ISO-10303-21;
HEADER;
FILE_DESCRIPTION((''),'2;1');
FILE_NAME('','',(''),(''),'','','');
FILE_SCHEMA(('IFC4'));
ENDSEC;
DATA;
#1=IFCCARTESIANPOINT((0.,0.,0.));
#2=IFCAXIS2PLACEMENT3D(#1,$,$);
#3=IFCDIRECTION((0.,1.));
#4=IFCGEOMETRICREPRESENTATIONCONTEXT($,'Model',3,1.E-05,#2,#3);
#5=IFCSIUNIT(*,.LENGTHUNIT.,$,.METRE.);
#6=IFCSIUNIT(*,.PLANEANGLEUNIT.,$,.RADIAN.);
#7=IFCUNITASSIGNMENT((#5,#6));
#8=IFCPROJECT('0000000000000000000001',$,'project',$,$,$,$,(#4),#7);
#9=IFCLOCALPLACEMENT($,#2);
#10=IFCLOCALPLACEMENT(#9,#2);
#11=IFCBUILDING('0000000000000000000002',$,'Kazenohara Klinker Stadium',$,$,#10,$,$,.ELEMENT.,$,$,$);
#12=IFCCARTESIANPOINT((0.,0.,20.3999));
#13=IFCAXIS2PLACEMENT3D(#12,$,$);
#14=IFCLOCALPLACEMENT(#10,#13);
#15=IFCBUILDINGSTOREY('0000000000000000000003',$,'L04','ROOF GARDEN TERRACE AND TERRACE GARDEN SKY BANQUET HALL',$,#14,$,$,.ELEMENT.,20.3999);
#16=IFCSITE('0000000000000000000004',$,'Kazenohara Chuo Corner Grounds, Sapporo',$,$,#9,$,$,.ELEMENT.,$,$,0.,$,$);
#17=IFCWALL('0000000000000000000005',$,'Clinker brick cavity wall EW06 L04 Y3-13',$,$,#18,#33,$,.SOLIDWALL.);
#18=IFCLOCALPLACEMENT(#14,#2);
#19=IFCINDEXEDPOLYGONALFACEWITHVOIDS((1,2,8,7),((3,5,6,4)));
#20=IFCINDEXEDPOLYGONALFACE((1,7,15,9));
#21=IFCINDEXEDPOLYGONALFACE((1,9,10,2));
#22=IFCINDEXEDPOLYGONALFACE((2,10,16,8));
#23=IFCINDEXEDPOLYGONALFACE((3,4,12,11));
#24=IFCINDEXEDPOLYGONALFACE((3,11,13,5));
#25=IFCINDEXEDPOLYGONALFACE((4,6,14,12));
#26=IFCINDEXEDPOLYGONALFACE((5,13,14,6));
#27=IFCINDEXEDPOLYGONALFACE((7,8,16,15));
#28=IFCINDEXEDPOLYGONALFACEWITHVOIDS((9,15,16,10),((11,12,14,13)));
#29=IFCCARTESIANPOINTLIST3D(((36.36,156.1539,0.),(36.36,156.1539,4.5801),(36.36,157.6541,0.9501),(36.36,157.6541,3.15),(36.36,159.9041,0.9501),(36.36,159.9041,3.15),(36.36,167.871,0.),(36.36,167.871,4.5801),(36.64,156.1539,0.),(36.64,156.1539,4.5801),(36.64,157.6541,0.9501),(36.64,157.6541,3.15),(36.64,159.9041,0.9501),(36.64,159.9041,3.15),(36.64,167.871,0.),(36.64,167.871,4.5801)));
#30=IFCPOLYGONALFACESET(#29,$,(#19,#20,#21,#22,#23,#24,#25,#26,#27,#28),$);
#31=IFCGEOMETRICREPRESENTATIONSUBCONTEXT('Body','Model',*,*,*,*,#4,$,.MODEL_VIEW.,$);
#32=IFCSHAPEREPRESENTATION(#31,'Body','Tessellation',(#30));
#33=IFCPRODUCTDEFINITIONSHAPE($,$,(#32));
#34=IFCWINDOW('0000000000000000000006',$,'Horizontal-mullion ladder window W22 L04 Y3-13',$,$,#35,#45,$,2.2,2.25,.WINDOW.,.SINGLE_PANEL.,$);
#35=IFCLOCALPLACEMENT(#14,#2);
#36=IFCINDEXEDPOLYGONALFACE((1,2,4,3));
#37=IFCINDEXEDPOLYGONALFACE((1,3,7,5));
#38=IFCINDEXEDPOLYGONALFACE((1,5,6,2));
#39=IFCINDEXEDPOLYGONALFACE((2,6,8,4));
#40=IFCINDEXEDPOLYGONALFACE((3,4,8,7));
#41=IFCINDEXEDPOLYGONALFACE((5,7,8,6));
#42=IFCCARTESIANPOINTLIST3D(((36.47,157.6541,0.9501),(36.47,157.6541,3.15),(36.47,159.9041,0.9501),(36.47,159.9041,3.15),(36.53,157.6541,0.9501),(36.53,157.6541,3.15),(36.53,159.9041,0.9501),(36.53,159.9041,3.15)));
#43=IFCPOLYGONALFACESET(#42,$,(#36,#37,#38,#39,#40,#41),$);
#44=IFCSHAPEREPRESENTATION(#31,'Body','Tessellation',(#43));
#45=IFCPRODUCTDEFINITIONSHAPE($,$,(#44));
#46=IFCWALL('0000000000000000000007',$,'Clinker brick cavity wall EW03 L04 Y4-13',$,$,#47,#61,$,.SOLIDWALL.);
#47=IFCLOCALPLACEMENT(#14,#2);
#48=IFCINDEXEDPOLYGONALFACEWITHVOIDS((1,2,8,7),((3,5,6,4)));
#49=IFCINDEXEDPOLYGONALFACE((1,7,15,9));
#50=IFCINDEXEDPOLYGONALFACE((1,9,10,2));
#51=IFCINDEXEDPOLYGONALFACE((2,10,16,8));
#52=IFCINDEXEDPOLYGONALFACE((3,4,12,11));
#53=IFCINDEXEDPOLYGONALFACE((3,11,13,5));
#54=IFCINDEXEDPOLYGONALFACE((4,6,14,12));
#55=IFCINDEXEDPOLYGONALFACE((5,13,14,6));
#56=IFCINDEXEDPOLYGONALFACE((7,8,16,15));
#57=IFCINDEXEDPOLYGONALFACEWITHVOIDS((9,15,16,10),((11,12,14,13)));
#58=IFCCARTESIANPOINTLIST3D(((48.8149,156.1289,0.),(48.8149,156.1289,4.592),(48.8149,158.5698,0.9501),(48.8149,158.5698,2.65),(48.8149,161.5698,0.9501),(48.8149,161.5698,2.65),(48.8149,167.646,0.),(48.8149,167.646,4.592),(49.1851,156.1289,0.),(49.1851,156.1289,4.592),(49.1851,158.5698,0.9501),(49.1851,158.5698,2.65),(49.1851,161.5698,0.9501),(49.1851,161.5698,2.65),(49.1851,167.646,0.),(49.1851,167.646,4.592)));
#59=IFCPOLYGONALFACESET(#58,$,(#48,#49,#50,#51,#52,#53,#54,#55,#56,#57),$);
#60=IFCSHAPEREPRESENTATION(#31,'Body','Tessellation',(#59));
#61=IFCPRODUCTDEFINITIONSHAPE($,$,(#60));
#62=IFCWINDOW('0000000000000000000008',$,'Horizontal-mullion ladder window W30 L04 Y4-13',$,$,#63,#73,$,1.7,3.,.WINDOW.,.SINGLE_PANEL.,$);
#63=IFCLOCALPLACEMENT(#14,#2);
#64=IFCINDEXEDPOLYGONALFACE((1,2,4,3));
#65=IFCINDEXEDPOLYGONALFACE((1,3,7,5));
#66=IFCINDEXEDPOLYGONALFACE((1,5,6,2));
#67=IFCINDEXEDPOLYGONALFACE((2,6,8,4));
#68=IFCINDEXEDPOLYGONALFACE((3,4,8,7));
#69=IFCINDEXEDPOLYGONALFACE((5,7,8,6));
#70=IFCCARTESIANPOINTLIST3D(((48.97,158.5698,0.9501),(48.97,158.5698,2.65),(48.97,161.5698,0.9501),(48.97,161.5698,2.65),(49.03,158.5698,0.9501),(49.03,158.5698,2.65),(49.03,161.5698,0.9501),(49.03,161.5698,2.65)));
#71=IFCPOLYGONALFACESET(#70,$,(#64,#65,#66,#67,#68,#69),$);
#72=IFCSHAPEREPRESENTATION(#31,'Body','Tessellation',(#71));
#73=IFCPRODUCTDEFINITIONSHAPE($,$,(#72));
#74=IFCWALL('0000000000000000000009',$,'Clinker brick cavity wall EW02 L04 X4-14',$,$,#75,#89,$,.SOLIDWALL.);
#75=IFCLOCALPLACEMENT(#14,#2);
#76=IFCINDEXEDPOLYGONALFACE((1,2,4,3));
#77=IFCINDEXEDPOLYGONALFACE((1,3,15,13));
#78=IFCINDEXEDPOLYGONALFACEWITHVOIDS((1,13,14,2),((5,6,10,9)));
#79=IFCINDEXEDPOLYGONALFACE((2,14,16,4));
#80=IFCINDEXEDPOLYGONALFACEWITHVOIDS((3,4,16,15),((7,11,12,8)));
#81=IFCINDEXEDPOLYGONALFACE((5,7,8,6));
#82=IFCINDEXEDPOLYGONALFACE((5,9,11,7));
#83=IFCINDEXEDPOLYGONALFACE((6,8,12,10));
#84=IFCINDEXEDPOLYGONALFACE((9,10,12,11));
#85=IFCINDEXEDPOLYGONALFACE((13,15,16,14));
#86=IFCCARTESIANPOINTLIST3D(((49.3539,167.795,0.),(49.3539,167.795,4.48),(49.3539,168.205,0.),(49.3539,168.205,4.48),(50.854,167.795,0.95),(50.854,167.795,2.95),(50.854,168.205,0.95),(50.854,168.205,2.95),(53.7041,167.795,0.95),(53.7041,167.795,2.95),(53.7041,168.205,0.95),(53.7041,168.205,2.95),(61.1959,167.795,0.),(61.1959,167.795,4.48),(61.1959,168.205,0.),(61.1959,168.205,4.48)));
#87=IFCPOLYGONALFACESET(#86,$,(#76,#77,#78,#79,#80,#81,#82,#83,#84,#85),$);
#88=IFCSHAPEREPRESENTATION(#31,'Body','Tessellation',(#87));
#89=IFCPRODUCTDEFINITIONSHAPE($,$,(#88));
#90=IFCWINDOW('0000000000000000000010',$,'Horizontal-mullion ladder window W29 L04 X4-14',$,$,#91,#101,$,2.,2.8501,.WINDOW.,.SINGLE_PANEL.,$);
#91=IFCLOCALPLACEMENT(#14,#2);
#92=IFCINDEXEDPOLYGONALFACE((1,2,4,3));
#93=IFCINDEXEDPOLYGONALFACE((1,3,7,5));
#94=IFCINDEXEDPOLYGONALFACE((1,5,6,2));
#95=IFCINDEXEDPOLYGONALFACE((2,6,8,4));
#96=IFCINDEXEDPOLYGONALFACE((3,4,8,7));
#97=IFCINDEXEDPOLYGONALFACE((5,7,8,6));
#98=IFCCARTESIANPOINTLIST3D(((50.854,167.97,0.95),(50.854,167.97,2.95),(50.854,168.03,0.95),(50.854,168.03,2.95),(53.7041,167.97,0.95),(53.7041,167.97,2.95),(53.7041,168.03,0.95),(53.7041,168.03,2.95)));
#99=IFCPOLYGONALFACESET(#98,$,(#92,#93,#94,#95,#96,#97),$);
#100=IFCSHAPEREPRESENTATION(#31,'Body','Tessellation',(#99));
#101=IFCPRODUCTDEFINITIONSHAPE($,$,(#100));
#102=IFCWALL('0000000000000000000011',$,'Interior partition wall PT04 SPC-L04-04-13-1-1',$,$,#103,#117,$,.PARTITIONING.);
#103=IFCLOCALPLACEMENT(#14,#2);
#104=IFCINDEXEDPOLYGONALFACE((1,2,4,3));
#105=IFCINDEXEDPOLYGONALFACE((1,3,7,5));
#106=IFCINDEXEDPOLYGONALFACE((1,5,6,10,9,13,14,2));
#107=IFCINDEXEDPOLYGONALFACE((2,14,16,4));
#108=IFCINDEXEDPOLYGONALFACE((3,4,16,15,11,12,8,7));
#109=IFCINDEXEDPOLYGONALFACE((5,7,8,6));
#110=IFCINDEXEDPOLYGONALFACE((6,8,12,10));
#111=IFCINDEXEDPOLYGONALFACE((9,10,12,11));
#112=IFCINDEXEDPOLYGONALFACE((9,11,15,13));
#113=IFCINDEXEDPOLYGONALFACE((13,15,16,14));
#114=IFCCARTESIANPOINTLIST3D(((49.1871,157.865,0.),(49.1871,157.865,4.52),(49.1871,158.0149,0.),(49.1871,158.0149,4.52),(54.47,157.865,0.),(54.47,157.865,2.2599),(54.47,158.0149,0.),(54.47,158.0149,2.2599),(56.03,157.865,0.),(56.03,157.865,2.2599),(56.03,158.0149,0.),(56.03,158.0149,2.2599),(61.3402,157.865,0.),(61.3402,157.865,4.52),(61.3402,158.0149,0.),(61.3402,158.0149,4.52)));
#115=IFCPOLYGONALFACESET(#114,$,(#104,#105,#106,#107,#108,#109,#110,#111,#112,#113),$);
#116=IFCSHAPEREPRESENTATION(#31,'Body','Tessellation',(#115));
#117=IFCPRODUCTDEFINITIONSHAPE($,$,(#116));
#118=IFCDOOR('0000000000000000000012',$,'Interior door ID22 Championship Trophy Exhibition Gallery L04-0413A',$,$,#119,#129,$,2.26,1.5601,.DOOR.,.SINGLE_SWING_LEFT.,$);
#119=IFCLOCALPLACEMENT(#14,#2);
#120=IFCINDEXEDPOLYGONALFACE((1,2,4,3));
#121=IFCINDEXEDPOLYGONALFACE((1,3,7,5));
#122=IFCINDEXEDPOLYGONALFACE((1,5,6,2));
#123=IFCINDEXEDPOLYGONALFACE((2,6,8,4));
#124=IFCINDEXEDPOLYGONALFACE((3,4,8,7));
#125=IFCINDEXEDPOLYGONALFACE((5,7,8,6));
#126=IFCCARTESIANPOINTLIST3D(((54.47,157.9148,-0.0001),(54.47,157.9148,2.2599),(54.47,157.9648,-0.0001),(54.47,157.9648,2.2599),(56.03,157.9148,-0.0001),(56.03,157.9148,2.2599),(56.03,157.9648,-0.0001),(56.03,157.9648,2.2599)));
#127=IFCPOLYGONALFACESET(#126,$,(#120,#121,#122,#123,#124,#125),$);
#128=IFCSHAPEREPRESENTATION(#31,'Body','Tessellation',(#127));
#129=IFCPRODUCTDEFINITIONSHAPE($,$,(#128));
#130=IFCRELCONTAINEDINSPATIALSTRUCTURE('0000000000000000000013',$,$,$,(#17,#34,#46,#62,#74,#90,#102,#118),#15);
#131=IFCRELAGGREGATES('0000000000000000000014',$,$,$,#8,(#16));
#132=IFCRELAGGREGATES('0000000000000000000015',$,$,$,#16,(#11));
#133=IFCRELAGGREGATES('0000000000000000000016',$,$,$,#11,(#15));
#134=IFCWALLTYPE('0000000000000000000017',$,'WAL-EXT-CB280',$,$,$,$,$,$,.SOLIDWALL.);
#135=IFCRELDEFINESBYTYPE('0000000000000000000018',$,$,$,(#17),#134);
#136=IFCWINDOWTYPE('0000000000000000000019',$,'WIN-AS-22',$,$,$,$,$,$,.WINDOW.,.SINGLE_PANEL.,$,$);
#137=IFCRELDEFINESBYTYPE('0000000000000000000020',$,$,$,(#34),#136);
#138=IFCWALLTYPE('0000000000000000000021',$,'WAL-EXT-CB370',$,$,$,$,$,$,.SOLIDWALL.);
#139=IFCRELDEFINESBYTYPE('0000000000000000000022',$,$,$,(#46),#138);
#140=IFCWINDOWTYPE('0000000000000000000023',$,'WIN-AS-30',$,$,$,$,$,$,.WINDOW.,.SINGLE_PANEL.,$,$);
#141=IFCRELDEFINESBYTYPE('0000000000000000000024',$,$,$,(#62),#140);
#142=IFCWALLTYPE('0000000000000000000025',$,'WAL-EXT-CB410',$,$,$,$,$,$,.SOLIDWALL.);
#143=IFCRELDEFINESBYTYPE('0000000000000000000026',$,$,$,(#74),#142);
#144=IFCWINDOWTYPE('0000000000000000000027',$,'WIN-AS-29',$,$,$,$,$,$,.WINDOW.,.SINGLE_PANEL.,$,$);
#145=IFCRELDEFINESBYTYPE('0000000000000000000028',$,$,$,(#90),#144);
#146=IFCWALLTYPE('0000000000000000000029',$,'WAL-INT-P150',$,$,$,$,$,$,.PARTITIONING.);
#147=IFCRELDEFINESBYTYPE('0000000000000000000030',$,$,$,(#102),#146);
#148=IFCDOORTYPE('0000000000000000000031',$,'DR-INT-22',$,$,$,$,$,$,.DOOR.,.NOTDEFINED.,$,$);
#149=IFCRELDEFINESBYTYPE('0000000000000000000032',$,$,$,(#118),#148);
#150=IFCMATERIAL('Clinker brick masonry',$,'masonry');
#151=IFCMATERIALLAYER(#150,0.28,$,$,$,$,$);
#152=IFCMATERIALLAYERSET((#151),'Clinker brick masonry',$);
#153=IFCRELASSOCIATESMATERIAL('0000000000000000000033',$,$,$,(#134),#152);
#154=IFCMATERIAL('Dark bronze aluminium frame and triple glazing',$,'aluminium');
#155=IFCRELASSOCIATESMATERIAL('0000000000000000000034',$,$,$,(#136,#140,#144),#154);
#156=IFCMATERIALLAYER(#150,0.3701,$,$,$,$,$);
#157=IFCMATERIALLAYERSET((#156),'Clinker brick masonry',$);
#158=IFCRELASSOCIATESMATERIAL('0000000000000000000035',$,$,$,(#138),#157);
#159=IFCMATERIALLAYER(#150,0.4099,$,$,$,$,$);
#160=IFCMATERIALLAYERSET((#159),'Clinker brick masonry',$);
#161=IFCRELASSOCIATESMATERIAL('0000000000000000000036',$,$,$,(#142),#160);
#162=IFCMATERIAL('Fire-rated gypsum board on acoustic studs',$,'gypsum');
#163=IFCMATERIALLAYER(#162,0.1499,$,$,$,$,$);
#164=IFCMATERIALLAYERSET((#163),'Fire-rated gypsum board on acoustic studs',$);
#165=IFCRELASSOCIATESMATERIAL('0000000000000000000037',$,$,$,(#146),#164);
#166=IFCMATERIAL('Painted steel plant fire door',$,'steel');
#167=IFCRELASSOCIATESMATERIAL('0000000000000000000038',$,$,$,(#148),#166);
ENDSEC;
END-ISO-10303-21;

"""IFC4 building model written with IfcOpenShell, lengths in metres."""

from ifc_helpers import new_model, si_unit, direction, frame, frame_2d, origin, place, context, subcontext, project, spatial, rectangle, extrude, material, layer, layer_set, type_object, element, fill, save


model = new_model("IFC4")

# Units and contexts
model_context = context("Model", 3, precision=1e-05, world=origin(), true_north=direction((0.0, 1.0)))
body_context = subcontext(model_context, "Body", "Model", "MODEL_VIEW")
ifc_project = project(units=[si_unit("LENGTHUNIT", "METRE"), si_unit("PLANEANGLEUNIT", "RADIAN")], contexts=[model_context])

# Site, building, storey
site_placement = place(None, origin())
site = spatial("IfcSite", under=ifc_project, at=site_placement, Name="Kazenohara Chuo Corner Grounds, Sapporo", CompositionType="ELEMENT", RefElevation=0.0)
building_placement = place(site_placement, origin())
building = spatial("IfcBuilding", under=site, at=building_placement, Name="Kazenohara Klinker Stadium", CompositionType="ELEMENT")
storey_placement = place(building_placement, frame((0.0, 0.0, 20.3999)))
storey = spatial("IfcBuildingStorey", under=building, at=storey_placement, Name="L04", Description="ROOF GARDEN TERRACE AND TERRACE GARDEN SKY BANQUET HALL", CompositionType="ELEMENT", Elevation=20.3999)

# Walls, openings, windows
ifc_material_1 = material(Name="Clinker brick masonry", Category="masonry")
ifc_layer_1 = layer(ifc_material_1, 0.28)
ifc_layer_set_1 = layer_set([ifc_layer_1], Name="Clinker brick masonry")
wall_type_1 = type_object("IfcWallType", Name="WAL-EXT-CB280", PredefinedType="SOLIDWALL", material=ifc_layer_set_1)
wall_1_placement = place(storey_placement, frame((36.5, 156.1541, 0.0), z_axis=(0.0, 0.0, 1.0), x_axis=(0.0, 1.0, 0.0)))
wall_1 = element("IfcWall", 1, at=wall_1_placement, inside=storey, type_object=wall_type_1, Name="Clinker brick cavity wall EW06 L04 Y3-13", PredefinedType="SOLIDWALL", context=body_context, shape_type="SweptSolid", body=[
    extrude(rectangle(XDim=11.717, YDim=0.28, at=frame_2d((5.8584, 0.0))), origin(), (0.0, 0.0, 1.0), 4.5801),
])
opening_1_placement = place(wall_1_placement, frame((1.5, 0.0, 0.95)))
opening_1 = element("IfcOpeningElement", 2, at=opening_1_placement, cuts=wall_1, PredefinedType="OPENING", context=body_context, shape_type="SweptSolid", body=[
    extrude(rectangle(XDim=2.25, YDim=2.2, at=frame_2d((1.125, 1.1001))), frame((0.0, 0.1499, 0.0), z_axis=(0.0, -1.0, 0.0), x_axis=(1.0, 0.0, 0.0)), (0.0, 0.0, 1.0), 0.3),
])
ifc_material_2 = material(Name="Dark bronze aluminium frame and triple glazing", Category="aluminium")
window_type_1 = type_object("IfcWindowType", Name="WIN-AS-22", PartitioningType="SINGLE_PANEL", PredefinedType="WINDOW", material=ifc_material_2)
window_1_placement = place(opening_1_placement, origin())
window_1 = element("IfcWindow", 3, at=window_1_placement, inside=storey, type_object=window_type_1, Name="Horizontal-mullion ladder window W22 L04 Y3-13", OverallHeight=2.2, OverallWidth=2.25, PartitioningType="SINGLE_PANEL", PredefinedType="WINDOW", context=body_context, shape_type="SweptSolid", body=[
    extrude(rectangle(XDim=2.25, YDim=2.2, at=frame_2d((1.125, 1.1001))), frame((0.0, 0.03, 0.0), z_axis=(0.0, -1.0, 0.0), x_axis=(1.0, 0.0, 0.0)), (0.0, 0.0, 1.0), 0.0601),
])
fill(opening_1, window_1)
ifc_layer_2 = layer(ifc_material_1, 0.3701)
ifc_layer_set_2 = layer_set([ifc_layer_2], Name="Clinker brick masonry")
wall_type_2 = type_object("IfcWallType", Name="WAL-EXT-CB370", PredefinedType="SOLIDWALL", material=ifc_layer_set_2)
wall_2_placement = place(storey_placement, frame((49.0, 156.1289, 0.0), z_axis=(0.0, 0.0, 1.0), x_axis=(0.0, 1.0, 0.0)))
wall_2 = element("IfcWall", 4, at=wall_2_placement, inside=storey, type_object=wall_type_2, Name="Clinker brick cavity wall EW03 L04 Y4-13", PredefinedType="SOLIDWALL", context=body_context, shape_type="SweptSolid", body=[
    extrude(rectangle(XDim=11.5171, YDim=0.3701, at=frame_2d((5.7585, 0.0))), origin(), (0.0, 0.0, 1.0), 4.592),
])
opening_2_placement = place(wall_2_placement, frame((2.4409, 0.0, 0.95)))
opening_2 = element("IfcOpeningElement", 5, at=opening_2_placement, cuts=wall_2, PredefinedType="OPENING", context=body_context, shape_type="SweptSolid", body=[
    extrude(rectangle(XDim=3.0, YDim=1.7, at=frame_2d((1.5, 0.8501))), frame((0.0, 0.1951, 0.0), z_axis=(0.0, -1.0, 0.0), x_axis=(1.0, 0.0, 0.0)), (0.0, 0.0, 1.0), 0.3901),
])
window_type_2 = type_object("IfcWindowType", Name="WIN-AS-30", PartitioningType="SINGLE_PANEL", PredefinedType="WINDOW", material=ifc_material_2)
window_2_placement = place(opening_2_placement, origin())
window_2 = element("IfcWindow", 6, at=window_2_placement, inside=storey, type_object=window_type_2, Name="Horizontal-mullion ladder window W30 L04 Y4-13", OverallHeight=1.7, OverallWidth=3.0, PartitioningType="SINGLE_PANEL", PredefinedType="WINDOW", context=body_context, shape_type="SweptSolid", body=[
    extrude(rectangle(XDim=3.0, YDim=1.7, at=frame_2d((1.5, 0.8501))), frame((0.0, 0.03, 0.0), z_axis=(0.0, -1.0, 0.0), x_axis=(1.0, 0.0, 0.0)), (0.0, 0.0, 1.0), 0.0601),
])
fill(opening_2, window_2)
ifc_layer_3 = layer(ifc_material_1, 0.4099)
ifc_layer_set_3 = layer_set([ifc_layer_3], Name="Clinker brick masonry")
wall_type_3 = type_object("IfcWallType", Name="WAL-EXT-CB410", PredefinedType="SOLIDWALL", material=ifc_layer_set_3)
wall_3_placement = place(storey_placement, frame((49.354, 168.0, 0.0), z_axis=(0.0, 0.0, 1.0), x_axis=(1.0, 0.0, 0.0)))
wall_3 = element("IfcWall", 7, at=wall_3_placement, inside=storey, type_object=wall_type_3, Name="Clinker brick cavity wall EW02 L04 X4-14", PredefinedType="SOLIDWALL", context=body_context, shape_type="SweptSolid", body=[
    extrude(rectangle(XDim=11.842, YDim=0.4099, at=frame_2d((5.9209, 0.0))), origin(), (0.0, 0.0, 1.0), 4.48),
])
opening_3_placement = place(wall_3_placement, frame((1.5, 0.0, 0.95)))
opening_3 = element("IfcOpeningElement", 8, at=opening_3_placement, cuts=wall_3, PredefinedType="OPENING", context=body_context, shape_type="SweptSolid", body=[
    extrude(rectangle(XDim=2.8501, YDim=2.0, at=frame_2d((1.425, 1.0))), frame((0.0, 0.2148, 0.0), z_axis=(0.0, -1.0, 0.0), x_axis=(1.0, 0.0, 0.0)), (0.0, 0.0, 1.0), 0.4299),
])
window_type_3 = type_object("IfcWindowType", Name="WIN-AS-29", PartitioningType="SINGLE_PANEL", PredefinedType="WINDOW", material=ifc_material_2)
window_3_placement = place(opening_3_placement, origin())
window_3 = element("IfcWindow", 9, at=window_3_placement, inside=storey, type_object=window_type_3, Name="Horizontal-mullion ladder window W29 L04 X4-14", OverallHeight=2.0, OverallWidth=2.8501, PartitioningType="SINGLE_PANEL", PredefinedType="WINDOW", context=body_context, shape_type="SweptSolid", body=[
    extrude(rectangle(XDim=2.8501, YDim=2.0, at=frame_2d((1.425, 1.0))), frame((0.0, 0.03, 0.0), z_axis=(0.0, -1.0, 0.0), x_axis=(1.0, 0.0, 0.0)), (0.0, 0.0, 1.0), 0.0601),
])
fill(opening_3, window_3)

# Wall, opening, door
ifc_material_3 = material(Name="Fire-rated gypsum board on acoustic studs", Category="gypsum")
ifc_layer_4 = layer(ifc_material_3, 0.1499)
ifc_layer_set_4 = layer_set([ifc_layer_4], Name="Fire-rated gypsum board on acoustic studs")
wall_type_4 = type_object("IfcWallType", Name="WAL-INT-P150", PredefinedType="PARTITIONING", material=ifc_layer_set_4)
wall_4_placement = place(storey_placement, frame((49.187, 157.9399, 0.0), z_axis=(0.0, 0.0, 1.0), x_axis=(1.0, 0.0, 0.0)))
wall_4 = element("IfcWall", 10, at=wall_4_placement, inside=storey, type_object=wall_type_4, Name="Interior partition wall PT04 SPC-L04-04-13-1-1", PredefinedType="PARTITIONING", context=body_context, shape_type="SweptSolid", body=[
    extrude(rectangle(XDim=12.1531, YDim=0.1499, at=frame_2d((6.0767, 0.0))), origin(), (0.0, 0.0, 1.0), 4.52),
])
opening_4_placement = place(wall_4_placement, frame((5.283, 0.0, 0.0)))
opening_4 = element("IfcOpeningElement", 11, at=opening_4_placement, cuts=wall_4, PredefinedType="OPENING", context=body_context, shape_type="SweptSolid", body=[
    extrude(rectangle(XDim=1.5601, YDim=2.26, at=frame_2d((0.78, 1.1299))), frame((0.0, 0.085, 0.0), z_axis=(0.0, -1.0, 0.0), x_axis=(1.0, 0.0, 0.0)), (0.0, 0.0, 1.0), 0.1699),
])
ifc_material_4 = material(Name="Painted steel plant fire door", Category="steel")
door_type = type_object("IfcDoorType", Name="DR-INT-22", OperationType="NOTDEFINED", PredefinedType="DOOR", material=ifc_material_4)
door_placement = place(opening_4_placement, origin())
door = element("IfcDoor", 12, at=door_placement, inside=storey, type_object=door_type, Name="Interior door ID22 Championship Trophy Exhibition Gallery L04-0413A", OperationType="SINGLE_SWING_LEFT", OverallHeight=2.26, OverallWidth=1.5601, PredefinedType="DOOR", context=body_context, shape_type="SweptSolid", body=[
    extrude(rectangle(XDim=1.5601, YDim=2.26, at=frame_2d((0.78, 1.1299))), frame((0.0, 0.0249, 0.0), z_axis=(0.0, -1.0, 0.0), x_axis=(1.0, 0.0, 0.0)), (0.0, 0.0, 1.0), 0.05),
])
fill(opening_4, door)

save(model, "model.ifc")
